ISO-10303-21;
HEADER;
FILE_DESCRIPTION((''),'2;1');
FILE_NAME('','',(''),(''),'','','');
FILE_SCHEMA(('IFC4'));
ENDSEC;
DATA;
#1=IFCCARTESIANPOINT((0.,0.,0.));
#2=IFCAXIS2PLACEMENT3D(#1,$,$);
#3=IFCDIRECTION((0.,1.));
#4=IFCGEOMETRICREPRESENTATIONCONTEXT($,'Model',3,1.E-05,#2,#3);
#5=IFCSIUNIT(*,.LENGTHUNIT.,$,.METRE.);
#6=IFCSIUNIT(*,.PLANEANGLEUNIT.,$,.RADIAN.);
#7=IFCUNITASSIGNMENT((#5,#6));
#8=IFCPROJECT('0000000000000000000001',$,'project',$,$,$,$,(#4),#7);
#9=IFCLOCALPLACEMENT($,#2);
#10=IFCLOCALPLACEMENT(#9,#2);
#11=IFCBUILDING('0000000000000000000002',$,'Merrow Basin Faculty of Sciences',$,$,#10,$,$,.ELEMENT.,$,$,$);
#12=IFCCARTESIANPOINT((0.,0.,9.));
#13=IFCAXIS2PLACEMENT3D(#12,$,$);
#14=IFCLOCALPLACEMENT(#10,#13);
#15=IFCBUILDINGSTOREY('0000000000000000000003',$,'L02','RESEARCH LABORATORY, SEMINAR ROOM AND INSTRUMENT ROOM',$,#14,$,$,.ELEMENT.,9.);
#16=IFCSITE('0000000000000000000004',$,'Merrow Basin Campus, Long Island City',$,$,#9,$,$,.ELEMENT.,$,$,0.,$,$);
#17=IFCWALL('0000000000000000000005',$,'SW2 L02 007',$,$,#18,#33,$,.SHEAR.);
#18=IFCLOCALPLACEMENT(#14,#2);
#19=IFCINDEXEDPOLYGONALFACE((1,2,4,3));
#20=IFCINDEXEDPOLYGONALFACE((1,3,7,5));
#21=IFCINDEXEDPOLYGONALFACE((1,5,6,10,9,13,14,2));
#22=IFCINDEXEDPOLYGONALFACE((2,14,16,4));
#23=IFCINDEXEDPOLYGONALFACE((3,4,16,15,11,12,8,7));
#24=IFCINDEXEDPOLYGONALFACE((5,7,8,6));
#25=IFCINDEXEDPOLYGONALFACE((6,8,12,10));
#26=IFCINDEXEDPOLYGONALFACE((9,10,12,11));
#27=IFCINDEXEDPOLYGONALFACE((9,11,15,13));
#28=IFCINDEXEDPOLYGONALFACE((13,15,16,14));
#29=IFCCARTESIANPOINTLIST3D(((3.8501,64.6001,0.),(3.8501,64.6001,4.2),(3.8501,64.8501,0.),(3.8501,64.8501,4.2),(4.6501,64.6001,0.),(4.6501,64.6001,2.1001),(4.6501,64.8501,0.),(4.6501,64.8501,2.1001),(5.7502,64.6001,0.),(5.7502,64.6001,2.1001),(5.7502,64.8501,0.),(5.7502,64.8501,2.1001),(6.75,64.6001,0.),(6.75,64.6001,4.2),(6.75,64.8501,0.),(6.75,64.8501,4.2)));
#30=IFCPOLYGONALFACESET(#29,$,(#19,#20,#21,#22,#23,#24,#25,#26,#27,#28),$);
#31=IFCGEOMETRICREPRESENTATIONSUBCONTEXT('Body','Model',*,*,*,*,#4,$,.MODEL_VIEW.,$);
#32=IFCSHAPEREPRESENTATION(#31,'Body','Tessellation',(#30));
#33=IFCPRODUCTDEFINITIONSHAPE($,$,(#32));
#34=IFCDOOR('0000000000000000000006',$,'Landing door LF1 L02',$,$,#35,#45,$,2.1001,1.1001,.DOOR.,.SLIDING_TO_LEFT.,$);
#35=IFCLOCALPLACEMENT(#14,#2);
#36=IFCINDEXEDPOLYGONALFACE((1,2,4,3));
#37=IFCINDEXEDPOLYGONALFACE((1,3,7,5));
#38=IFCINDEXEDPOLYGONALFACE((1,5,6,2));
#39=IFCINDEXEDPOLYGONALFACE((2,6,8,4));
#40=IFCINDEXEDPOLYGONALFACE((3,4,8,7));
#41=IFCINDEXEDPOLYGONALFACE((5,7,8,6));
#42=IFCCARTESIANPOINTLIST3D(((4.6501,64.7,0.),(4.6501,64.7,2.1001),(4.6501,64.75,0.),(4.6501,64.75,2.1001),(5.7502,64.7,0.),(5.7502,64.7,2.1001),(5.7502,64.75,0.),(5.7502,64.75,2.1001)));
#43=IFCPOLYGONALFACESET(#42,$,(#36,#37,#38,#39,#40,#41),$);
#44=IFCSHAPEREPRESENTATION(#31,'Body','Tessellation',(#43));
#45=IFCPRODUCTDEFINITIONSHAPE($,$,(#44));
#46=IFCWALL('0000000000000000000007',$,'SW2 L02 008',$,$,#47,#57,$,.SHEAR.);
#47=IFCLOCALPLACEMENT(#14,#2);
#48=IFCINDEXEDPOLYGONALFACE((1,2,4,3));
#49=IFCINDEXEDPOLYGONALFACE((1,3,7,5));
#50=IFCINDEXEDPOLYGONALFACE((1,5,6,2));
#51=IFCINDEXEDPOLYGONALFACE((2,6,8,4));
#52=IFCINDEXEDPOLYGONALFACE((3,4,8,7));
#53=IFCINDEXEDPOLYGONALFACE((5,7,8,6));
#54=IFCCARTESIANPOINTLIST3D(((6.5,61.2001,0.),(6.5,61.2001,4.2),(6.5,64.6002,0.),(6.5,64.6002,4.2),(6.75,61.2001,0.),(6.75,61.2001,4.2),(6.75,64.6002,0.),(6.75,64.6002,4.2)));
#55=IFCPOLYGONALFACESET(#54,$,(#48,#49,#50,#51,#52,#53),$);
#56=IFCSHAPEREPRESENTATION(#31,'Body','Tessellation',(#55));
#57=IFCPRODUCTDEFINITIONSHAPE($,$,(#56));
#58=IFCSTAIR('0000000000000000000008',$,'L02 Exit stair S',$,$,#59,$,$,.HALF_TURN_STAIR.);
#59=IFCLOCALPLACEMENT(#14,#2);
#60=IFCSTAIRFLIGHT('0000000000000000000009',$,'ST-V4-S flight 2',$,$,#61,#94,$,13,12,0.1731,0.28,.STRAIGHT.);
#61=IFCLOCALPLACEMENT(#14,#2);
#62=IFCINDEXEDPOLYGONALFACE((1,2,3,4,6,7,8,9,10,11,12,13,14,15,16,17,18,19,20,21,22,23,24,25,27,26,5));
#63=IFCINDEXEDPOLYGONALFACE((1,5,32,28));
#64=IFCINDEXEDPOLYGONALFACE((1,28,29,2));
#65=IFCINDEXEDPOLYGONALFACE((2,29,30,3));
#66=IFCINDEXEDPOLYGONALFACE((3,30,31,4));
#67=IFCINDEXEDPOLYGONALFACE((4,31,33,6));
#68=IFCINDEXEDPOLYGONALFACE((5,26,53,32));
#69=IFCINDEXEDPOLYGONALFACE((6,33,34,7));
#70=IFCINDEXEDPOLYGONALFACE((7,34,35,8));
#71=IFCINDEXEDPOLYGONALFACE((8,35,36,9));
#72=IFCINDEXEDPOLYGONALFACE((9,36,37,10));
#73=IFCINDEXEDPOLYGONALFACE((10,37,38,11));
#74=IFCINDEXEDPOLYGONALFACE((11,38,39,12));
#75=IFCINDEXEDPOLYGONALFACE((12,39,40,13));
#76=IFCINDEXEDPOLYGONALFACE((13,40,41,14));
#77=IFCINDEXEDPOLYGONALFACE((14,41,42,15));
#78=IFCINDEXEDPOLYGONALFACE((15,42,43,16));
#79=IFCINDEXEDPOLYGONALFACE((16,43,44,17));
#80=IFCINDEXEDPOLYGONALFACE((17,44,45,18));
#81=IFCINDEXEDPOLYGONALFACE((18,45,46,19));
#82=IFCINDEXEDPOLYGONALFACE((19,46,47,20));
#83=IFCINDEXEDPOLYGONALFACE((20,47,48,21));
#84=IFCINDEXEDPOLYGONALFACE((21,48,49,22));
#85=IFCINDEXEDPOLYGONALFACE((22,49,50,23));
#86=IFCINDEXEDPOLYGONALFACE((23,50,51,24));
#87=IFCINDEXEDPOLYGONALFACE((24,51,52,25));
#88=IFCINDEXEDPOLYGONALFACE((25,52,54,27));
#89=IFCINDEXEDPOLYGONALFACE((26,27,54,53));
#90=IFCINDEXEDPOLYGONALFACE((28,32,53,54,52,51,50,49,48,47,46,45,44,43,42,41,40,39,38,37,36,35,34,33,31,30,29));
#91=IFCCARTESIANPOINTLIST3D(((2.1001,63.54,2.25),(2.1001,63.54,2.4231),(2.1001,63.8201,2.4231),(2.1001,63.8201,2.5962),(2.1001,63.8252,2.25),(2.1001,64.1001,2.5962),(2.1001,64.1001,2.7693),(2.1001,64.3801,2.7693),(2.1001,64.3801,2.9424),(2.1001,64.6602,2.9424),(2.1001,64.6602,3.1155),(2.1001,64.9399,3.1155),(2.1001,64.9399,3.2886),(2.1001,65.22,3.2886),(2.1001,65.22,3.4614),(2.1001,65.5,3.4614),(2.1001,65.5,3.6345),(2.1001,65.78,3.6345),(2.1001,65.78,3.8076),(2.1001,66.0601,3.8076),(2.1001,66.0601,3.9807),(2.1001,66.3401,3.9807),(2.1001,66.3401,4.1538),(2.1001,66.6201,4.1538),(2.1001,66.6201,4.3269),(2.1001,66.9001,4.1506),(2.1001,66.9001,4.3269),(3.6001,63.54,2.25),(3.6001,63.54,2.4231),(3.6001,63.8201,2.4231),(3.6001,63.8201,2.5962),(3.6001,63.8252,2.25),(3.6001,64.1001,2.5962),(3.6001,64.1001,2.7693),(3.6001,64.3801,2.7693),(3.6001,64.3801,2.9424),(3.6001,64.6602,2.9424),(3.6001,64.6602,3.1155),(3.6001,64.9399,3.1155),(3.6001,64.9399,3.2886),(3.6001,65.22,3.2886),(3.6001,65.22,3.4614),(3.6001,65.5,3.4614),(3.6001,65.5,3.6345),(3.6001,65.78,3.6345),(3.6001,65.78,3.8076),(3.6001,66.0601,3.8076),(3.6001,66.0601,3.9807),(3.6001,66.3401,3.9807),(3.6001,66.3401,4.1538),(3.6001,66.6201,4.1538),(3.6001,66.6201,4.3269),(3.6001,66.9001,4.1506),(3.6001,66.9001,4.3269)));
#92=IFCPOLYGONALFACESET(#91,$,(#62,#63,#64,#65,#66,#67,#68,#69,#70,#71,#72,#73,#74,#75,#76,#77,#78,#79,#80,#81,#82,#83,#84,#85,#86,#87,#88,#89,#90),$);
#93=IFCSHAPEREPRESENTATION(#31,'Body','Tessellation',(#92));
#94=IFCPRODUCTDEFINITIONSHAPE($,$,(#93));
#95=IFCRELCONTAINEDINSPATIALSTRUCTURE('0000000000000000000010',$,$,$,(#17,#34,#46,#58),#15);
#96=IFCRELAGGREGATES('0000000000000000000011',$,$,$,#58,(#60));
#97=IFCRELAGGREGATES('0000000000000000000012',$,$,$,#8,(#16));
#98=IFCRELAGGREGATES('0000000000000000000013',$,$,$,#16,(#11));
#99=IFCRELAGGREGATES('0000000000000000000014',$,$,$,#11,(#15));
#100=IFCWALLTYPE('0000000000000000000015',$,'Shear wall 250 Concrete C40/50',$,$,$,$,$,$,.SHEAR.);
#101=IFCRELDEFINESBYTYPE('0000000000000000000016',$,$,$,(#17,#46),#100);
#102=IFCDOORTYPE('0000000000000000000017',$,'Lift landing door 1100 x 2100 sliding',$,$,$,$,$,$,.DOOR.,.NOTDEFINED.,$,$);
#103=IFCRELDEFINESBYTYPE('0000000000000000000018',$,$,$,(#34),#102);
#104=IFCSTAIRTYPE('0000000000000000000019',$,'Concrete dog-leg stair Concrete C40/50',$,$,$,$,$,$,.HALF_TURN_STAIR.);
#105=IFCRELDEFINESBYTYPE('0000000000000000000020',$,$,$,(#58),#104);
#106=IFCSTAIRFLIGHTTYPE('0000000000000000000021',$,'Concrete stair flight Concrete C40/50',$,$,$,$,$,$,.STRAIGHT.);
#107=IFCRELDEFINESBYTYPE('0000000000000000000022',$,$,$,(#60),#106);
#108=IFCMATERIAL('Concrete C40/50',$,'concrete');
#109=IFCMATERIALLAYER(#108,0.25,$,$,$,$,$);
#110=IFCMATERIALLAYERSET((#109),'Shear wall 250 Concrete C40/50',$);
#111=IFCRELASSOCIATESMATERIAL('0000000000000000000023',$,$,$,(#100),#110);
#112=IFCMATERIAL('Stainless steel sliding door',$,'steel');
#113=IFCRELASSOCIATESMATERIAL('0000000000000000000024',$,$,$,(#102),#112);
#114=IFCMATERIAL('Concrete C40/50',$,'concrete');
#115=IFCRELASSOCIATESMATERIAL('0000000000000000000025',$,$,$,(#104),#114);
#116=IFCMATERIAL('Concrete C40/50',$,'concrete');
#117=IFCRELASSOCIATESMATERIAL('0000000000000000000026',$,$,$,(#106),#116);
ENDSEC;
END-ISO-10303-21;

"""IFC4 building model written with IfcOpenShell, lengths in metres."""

from ifc_helpers import new_model, si_unit, direction, frame, frame_2d, origin, place, context, subcontext, project, spatial, polyline, rectangle, outline, extrude, material, layer, layer_set, type_object, element, fill, aggregate, save


model = new_model("IFC4")

# Units and contexts
model_context = context("Model", 3, precision=1e-05, world=origin(), true_north=direction((0.0, 1.0)))
body_context = subcontext(model_context, "Body", "Model", "MODEL_VIEW")
ifc_project = project(units=[si_unit("LENGTHUNIT", "METRE"), si_unit("PLANEANGLEUNIT", "RADIAN")], contexts=[model_context])

# Site, building, storey
site_placement = place(None, origin())
site = spatial("IfcSite", under=ifc_project, at=site_placement, Name="Merrow Basin Campus, Long Island City", CompositionType="ELEMENT", RefElevation=0.0)
building_placement = place(site_placement, origin())
building = spatial("IfcBuilding", under=site, at=building_placement, Name="Merrow Basin Faculty of Sciences", CompositionType="ELEMENT")
storey_placement = place(building_placement, frame((0.0, 0.0, 9.0)))
storey = spatial("IfcBuildingStorey", under=building, at=storey_placement, Name="L02", Description="RESEARCH LABORATORY, SEMINAR ROOM AND INSTRUMENT ROOM", CompositionType="ELEMENT", Elevation=9.0)

# Wall, opening, door
ifc_material_1 = material(Name="Concrete C40/50", Category="concrete")
ifc_layer_1 = layer(ifc_material_1, 0.25)
ifc_layer_set_1 = layer_set([ifc_layer_1], Name="Shear wall 250 Concrete C40/50")
wall_type_1 = type_object("IfcWallType", Name="Shear wall 250 Concrete C40/50", PredefinedType="SHEAR", material=ifc_layer_set_1)
wall_1_placement = place(storey_placement, frame((3.8501, 64.7251, 0.0), z_axis=(0.0, 0.0, 1.0), x_axis=(1.0, 0.0, 0.0)))
wall_1 = element("IfcWall", 1, at=wall_1_placement, inside=storey, type_object=wall_type_1, Name="SW2 L02 007", PredefinedType="SHEAR", context=body_context, shape_type="SweptSolid", body=[
    extrude(rectangle(XDim=2.8999, YDim=0.25, at=frame_2d((1.45, 0.0))), origin(), (0.0, 0.0, 1.0), 4.2),
])
opening_1_placement = place(wall_1_placement, frame((0.8, 0.0, 0.0)))
opening_1 = element("IfcOpeningElement", 2, at=opening_1_placement, cuts=wall_1, PredefinedType="OPENING", context=body_context, shape_type="SweptSolid", body=[
    extrude(rectangle(XDim=1.1001, YDim=2.1001, at=frame_2d((0.55, 1.05))), frame((0.0, 0.135, 0.0), z_axis=(0.0, -1.0, 0.0), x_axis=(1.0, 0.0, 0.0)), (0.0, 0.0, 1.0), 0.27),
])
ifc_material_2 = material(Name="Stainless steel sliding door", Category="steel")
door_type_1 = type_object("IfcDoorType", Name="Lift landing door 1100 x 2100 sliding", OperationType="NOTDEFINED", PredefinedType="DOOR", material=ifc_material_2)
door_1_placement = place(opening_1_placement, origin())
door_1 = element("IfcDoor", 3, at=door_1_placement, inside=storey, type_object=door_type_1, Name="Landing door LF1 L02", OperationType="SLIDING_TO_LEFT", OverallHeight=2.1001, OverallWidth=1.1001, PredefinedType="DOOR", context=body_context, shape_type="SweptSolid", body=[
    extrude(rectangle(XDim=1.1001, YDim=2.1001, at=frame_2d((0.55, 1.05))), frame((0.0, 0.0249, 0.0), z_axis=(0.0, -1.0, 0.0), x_axis=(1.0, 0.0, 0.0)), (0.0, 0.0, 1.0), 0.05),
])
fill(opening_1, door_1)

# Wall
wall_2_placement = place(storey_placement, frame((6.625, 61.2, 0.0), z_axis=(0.0, 0.0, 1.0), x_axis=(0.0, 1.0, 0.0)))
element("IfcWall", 4, at=wall_2_placement, inside=storey, type_object=wall_type_1, Name="SW2 L02 008", PredefinedType="SHEAR", context=body_context, shape_type="SweptSolid", body=[
    extrude(rectangle(XDim=3.4001, YDim=0.25, at=frame_2d((1.7002, 0.0))), origin(), (0.0, 0.0, 1.0), 4.2),
])

# Stair, stair flight
ifc_material_3 = material(Name="Concrete C40/50", Category="concrete")
stair_type = type_object("IfcStairType", Name="Concrete dog-leg stair Concrete C40/50", PredefinedType="HALF_TURN_STAIR", material=ifc_material_3)
stair_placement = place(storey_placement, origin())
stair = element("IfcStair", 5, at=stair_placement, inside=storey, type_object=stair_type, Name="L02 Exit stair S", PredefinedType="HALF_TURN_STAIR")
ifc_material_4 = material(Name="Concrete C40/50", Category="concrete")
stair_flight_type = type_object("IfcStairFlightType", Name="Concrete stair flight Concrete C40/50", PredefinedType="STRAIGHT", material=ifc_material_4)
stair_flight_placement = place(storey_placement, frame((2.8501, 63.54, 2.25), z_axis=(0.0, 0.0, 1.0), x_axis=(0.0, 1.0, 0.0)))
stair_flight = element("IfcStairFlight", 6, at=stair_flight_placement, type_object=stair_flight_type, Name="ST-V4-S flight 2", NumberOfRisers=13, NumberOfTreads=12, PredefinedType="STRAIGHT", RiserHeight=0.1731, TreadLength=0.28, context=body_context, shape_type="SweptSolid", body=[
    extrude(outline(polyline([(0.0, 0.0), (0.0, 0.1731), (0.28, 0.1731), (0.28, 0.3462), (0.5601, 0.3462), (0.5601, 0.5193), (0.8401, 0.5193), (0.8401, 0.6924), (1.1201, 0.6924), (1.1201, 0.8655), (1.3999, 0.8655), (1.3999, 1.0386), (1.6799, 1.0386), (1.6799, 1.2114), (1.96, 1.2114), (1.96, 1.3845), (2.24, 1.3845), (2.24, 1.5576), (2.52, 1.5576), (2.52, 1.7307), (2.8, 1.7307), (2.8, 1.9038), (3.0801, 1.9038), (3.0801, 2.0769), (3.3601, 2.0769), (3.3601, 2.25), (3.3601, 1.9006), (0.2852, 0.0), (0.0, 0.0)])), frame((0.0, 0.75, 0.0), z_axis=(0.0, -1.0, 0.0), x_axis=(1.0, 0.0, 0.0)), (0.0, 0.0, 1.0), 1.5),
])
aggregate(stair, [stair_flight])

save(model, "model.ifc")
